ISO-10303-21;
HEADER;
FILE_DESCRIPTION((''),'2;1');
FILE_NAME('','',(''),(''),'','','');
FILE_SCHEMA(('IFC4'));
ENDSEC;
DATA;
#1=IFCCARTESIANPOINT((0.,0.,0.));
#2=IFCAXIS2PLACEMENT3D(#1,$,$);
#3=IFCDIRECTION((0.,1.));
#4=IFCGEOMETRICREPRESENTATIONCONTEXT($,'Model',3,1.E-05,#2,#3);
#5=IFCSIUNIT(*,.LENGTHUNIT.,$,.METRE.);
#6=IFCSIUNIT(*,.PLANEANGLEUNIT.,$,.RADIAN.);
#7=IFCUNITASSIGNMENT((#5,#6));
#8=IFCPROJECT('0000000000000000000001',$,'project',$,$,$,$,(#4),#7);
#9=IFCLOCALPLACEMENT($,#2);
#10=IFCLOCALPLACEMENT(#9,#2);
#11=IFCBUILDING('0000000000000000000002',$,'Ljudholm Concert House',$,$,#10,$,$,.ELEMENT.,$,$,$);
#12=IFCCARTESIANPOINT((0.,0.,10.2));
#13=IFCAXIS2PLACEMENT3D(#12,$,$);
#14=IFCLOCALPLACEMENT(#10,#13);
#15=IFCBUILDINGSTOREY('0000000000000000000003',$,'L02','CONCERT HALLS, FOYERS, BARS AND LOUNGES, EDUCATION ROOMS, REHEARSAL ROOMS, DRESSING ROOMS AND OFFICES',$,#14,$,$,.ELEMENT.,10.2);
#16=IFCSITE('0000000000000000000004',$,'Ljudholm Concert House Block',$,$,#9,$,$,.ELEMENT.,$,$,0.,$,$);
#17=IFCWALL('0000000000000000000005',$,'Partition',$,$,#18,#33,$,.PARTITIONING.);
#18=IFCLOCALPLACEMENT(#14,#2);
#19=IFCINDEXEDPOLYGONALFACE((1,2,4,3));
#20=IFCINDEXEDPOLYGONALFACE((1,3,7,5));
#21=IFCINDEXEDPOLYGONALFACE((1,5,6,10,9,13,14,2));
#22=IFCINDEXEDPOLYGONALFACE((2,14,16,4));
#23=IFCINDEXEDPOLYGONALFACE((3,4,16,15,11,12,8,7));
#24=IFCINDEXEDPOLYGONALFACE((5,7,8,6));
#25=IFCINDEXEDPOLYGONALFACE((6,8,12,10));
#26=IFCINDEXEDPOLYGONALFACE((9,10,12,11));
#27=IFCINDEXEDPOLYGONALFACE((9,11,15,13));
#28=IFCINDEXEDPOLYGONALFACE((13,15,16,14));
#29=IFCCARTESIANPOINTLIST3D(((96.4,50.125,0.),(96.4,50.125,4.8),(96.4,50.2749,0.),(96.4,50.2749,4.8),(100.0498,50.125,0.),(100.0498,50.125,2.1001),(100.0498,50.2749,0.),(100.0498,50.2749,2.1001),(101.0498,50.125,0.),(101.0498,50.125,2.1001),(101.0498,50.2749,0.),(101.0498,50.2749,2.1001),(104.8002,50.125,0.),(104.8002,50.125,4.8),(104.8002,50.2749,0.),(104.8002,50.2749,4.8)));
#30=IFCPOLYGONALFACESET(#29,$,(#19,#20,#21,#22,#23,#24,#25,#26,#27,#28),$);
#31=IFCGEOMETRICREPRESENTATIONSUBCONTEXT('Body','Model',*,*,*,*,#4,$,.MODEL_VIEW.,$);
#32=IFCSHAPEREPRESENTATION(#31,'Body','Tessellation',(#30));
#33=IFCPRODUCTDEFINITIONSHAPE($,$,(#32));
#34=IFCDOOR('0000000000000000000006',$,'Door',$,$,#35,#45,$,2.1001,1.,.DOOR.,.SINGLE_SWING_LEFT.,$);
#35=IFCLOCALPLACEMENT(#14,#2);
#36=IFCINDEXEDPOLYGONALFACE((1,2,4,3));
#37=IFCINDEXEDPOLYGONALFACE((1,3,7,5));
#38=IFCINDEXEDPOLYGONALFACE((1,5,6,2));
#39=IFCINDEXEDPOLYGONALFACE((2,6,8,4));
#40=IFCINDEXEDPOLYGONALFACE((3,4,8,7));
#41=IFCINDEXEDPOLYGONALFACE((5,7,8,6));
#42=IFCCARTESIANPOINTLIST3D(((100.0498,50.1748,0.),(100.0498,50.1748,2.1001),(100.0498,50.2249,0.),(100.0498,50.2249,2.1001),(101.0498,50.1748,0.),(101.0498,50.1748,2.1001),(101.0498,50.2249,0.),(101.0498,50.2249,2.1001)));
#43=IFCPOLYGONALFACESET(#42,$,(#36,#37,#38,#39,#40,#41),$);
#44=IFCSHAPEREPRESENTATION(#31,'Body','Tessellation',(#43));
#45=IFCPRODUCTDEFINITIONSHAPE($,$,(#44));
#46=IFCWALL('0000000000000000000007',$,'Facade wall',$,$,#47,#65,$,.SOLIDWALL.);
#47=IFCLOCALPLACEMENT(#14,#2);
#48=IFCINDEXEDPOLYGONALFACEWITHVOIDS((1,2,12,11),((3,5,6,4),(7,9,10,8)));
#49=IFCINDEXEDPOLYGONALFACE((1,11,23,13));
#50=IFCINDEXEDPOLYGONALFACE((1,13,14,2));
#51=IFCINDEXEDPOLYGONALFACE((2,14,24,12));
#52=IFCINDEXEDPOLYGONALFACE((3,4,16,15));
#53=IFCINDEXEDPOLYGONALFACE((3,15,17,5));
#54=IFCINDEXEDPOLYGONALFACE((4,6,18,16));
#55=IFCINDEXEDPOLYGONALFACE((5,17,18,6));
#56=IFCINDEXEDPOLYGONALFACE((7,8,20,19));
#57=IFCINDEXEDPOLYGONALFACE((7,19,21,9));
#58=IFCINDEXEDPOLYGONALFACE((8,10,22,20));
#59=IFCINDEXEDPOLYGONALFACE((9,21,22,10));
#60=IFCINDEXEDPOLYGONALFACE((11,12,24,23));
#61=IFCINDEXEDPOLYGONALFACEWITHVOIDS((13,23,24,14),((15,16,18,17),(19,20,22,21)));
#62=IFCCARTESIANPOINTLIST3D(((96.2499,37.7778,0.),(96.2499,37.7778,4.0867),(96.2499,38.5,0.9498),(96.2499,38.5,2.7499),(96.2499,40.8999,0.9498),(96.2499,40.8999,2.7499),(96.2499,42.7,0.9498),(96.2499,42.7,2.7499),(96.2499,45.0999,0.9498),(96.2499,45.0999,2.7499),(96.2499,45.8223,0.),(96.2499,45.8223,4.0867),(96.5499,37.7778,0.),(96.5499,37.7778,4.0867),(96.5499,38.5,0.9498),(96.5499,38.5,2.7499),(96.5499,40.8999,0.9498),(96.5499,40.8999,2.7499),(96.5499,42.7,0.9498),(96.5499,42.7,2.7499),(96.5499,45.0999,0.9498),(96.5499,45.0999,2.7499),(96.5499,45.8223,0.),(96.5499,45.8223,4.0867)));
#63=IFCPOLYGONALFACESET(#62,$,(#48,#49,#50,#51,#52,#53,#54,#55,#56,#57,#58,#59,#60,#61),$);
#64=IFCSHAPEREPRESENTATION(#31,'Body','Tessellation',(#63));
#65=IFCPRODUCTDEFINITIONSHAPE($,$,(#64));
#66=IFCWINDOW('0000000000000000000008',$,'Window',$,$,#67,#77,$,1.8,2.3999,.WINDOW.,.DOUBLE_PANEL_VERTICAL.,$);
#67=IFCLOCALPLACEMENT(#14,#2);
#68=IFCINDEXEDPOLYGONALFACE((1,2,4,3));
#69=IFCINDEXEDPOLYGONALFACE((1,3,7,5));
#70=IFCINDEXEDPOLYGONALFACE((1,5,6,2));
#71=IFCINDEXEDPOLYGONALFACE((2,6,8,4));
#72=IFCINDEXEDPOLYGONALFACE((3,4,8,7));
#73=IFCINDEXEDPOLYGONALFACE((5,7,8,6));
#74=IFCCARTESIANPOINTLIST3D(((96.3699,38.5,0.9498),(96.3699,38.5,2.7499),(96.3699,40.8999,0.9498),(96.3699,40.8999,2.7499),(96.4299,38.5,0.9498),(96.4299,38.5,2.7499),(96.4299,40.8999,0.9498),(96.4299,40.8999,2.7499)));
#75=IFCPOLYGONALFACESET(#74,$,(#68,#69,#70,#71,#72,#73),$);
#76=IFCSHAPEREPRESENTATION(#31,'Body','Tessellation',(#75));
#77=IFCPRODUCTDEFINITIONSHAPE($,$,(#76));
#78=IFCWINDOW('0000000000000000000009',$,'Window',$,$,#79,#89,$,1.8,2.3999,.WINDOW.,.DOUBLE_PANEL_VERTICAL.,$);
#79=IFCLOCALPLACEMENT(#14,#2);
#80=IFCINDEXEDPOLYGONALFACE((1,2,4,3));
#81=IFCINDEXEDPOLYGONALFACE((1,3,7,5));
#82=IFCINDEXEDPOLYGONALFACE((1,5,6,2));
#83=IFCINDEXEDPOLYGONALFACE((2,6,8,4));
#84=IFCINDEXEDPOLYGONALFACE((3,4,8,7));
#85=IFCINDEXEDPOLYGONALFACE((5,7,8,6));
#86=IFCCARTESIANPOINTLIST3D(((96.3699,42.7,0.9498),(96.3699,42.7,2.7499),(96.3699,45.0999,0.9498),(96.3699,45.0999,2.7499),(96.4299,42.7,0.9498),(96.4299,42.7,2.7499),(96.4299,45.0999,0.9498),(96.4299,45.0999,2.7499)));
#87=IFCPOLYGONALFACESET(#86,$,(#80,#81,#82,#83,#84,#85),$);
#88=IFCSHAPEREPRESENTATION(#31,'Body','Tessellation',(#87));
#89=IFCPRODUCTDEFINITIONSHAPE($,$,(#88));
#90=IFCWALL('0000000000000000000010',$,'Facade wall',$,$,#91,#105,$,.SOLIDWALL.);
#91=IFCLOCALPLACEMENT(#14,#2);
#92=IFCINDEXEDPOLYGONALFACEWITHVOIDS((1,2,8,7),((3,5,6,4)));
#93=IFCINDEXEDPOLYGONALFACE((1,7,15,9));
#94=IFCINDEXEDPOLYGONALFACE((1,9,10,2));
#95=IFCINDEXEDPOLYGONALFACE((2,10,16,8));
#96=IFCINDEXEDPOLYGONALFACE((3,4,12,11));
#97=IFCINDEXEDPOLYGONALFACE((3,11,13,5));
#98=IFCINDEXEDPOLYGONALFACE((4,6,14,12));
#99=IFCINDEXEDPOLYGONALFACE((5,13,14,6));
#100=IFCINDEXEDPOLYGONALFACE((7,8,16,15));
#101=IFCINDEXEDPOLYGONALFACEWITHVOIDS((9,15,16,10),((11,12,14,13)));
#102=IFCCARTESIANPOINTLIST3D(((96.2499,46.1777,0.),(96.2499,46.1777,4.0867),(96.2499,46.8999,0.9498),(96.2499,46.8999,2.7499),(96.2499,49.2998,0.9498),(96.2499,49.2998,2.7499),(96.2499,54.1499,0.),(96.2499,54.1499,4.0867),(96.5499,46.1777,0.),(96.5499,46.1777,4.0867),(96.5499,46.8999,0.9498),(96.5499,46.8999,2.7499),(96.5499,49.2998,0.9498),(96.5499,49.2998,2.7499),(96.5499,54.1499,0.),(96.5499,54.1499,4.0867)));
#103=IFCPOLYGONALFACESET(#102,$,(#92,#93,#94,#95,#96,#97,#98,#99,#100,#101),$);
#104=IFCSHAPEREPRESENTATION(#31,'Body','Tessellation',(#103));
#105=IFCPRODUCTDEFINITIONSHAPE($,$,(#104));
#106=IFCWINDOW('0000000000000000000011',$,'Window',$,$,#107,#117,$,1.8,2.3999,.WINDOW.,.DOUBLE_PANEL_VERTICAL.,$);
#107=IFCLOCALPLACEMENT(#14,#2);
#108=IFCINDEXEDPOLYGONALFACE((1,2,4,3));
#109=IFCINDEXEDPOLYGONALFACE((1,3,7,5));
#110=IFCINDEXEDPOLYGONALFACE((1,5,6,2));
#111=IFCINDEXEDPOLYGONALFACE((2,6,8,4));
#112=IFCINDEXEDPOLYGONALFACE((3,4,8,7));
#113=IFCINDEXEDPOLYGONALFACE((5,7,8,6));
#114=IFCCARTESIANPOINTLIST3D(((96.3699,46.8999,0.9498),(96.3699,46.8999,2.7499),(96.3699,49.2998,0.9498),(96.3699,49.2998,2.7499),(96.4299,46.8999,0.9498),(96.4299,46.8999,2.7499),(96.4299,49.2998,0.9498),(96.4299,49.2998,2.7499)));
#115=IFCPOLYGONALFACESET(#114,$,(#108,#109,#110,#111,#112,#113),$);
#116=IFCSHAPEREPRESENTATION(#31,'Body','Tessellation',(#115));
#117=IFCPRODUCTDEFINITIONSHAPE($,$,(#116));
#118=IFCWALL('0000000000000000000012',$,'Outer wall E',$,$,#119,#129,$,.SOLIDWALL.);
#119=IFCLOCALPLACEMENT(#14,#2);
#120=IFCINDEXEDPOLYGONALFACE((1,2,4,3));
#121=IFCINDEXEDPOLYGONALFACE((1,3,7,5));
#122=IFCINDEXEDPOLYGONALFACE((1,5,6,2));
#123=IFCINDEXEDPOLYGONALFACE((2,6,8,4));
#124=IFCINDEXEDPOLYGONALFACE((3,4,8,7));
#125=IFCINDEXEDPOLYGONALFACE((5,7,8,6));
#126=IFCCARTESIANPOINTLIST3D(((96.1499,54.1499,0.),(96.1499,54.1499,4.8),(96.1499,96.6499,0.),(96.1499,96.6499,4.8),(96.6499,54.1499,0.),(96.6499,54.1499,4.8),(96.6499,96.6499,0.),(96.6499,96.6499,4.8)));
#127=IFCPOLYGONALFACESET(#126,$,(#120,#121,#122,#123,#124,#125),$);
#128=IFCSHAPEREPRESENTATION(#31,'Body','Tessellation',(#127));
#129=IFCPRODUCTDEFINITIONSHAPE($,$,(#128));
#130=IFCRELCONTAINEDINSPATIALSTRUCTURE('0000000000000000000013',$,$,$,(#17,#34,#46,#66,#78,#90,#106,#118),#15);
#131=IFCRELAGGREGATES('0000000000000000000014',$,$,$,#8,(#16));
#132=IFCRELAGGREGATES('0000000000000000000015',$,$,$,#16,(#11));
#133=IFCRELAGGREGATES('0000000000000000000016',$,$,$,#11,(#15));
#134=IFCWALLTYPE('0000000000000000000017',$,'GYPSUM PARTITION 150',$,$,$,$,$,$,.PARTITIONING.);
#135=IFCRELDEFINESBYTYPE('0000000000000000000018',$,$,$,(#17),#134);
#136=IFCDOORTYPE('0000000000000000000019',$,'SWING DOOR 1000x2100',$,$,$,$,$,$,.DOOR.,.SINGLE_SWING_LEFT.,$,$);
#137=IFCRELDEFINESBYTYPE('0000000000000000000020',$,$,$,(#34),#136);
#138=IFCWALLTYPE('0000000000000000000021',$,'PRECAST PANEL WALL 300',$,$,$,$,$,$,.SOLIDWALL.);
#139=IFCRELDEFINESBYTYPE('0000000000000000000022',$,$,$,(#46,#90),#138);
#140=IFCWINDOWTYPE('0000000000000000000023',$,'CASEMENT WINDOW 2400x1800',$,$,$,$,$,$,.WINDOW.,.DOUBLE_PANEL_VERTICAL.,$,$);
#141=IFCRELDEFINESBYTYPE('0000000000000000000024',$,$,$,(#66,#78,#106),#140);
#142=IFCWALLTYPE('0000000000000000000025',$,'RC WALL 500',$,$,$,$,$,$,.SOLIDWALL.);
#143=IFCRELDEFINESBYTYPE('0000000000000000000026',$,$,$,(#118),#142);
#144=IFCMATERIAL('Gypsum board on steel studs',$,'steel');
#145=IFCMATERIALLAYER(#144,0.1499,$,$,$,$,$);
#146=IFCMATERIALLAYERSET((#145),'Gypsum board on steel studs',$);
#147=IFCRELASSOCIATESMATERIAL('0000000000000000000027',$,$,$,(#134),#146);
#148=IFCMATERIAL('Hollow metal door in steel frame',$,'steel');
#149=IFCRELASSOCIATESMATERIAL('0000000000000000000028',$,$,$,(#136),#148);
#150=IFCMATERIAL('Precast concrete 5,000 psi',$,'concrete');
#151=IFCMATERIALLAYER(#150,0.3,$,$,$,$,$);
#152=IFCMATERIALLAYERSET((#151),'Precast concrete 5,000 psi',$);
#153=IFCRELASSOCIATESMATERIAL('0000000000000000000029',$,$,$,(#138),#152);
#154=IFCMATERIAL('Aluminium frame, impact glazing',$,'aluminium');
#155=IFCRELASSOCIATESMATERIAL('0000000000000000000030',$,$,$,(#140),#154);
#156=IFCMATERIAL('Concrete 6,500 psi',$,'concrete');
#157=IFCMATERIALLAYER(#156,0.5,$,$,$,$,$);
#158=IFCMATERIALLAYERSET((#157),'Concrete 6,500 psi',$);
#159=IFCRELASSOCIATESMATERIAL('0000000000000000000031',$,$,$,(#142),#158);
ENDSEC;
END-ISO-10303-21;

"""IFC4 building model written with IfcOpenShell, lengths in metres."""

from ifc_helpers import new_model, si_unit, direction, frame, frame_2d, origin, place, context, subcontext, project, spatial, rectangle, extrude, material, layer, layer_set, type_object, element, fill, save


model = new_model("IFC4")

# Units and contexts
model_context = context("Model", 3, precision=1e-05, world=origin(), true_north=direction((0.0, 1.0)))
body_context = subcontext(model_context, "Body", "Model", "MODEL_VIEW")
ifc_project = project(units=[si_unit("LENGTHUNIT", "METRE"), si_unit("PLANEANGLEUNIT", "RADIAN")], contexts=[model_context])

# Site, building, storey
site_placement = place(None, origin())
site = spatial("IfcSite", under=ifc_project, at=site_placement, Name="Ljudholm Concert House Block", CompositionType="ELEMENT", RefElevation=0.0)
building_placement = place(site_placement, origin())
building = spatial("IfcBuilding", under=site, at=building_placement, Name="Ljudholm Concert House", CompositionType="ELEMENT")
storey_placement = place(building_placement, frame((0.0, 0.0, 10.2)))
storey = spatial("IfcBuildingStorey", under=building, at=storey_placement, Name="L02", Description="CONCERT HALLS, FOYERS, BARS AND LOUNGES, EDUCATION ROOMS, REHEARSAL ROOMS, DRESSING ROOMS AND OFFICES", CompositionType="ELEMENT", Elevation=10.2)

# Shared definitions
ifc_material_1 = material(Name="Gypsum board on steel studs", Category="steel")
ifc_layer_1 = layer(ifc_material_1, 0.1499)
ifc_layer_set_1 = layer_set([ifc_layer_1], Name="Gypsum board on steel studs")
wall_type_1 = type_object("IfcWallType", Name="GYPSUM PARTITION 150", PredefinedType="PARTITIONING", material=ifc_layer_set_1)
ifc_material_2 = material(Name="Hollow metal door in steel frame", Category="steel")
door_type = type_object("IfcDoorType", Name="SWING DOOR 1000x2100", OperationType="SINGLE_SWING_LEFT", PredefinedType="DOOR", material=ifc_material_2)

# Wall, opening, door
wall_1_placement = place(storey_placement, frame((96.3999, 50.2, 0.0), z_axis=(0.0, 0.0, 1.0), x_axis=(1.0, 0.0, 0.0)))
wall_1 = element("IfcWall", 1, at=wall_1_placement, inside=storey, type_object=wall_type_1, Name="Partition", PredefinedType="PARTITIONING", context=body_context, shape_type="SweptSolid", body=[
    extrude(rectangle(XDim=8.4001, YDim=0.1499, at=frame_2d((4.2002, 0.0))), origin(), (0.0, 0.0, 1.0), 4.8),
])
opening_1_placement = place(wall_1_placement, frame((3.6499, 0.0, 0.0)))
opening_1 = element("IfcOpeningElement", 2, at=opening_1_placement, cuts=wall_1, PredefinedType="OPENING", context=body_context, shape_type="SweptSolid", body=[
    extrude(rectangle(XDim=1.0, YDim=2.1001, at=frame_2d((0.5, 1.05))), frame((0.0, 0.085, 0.0), z_axis=(0.0, -1.0, 0.0), x_axis=(1.0, 0.0, 0.0)), (0.0, 0.0, 1.0), 0.1699),
])
door_1_placement = place(opening_1_placement, origin())
door_1 = element("IfcDoor", 3, at=door_1_placement, inside=storey, type_object=door_type, Name="Door", OperationType="SINGLE_SWING_LEFT", OverallHeight=2.1001, OverallWidth=1.0, PredefinedType="DOOR", context=body_context, shape_type="SweptSolid", body=[
    extrude(rectangle(XDim=1.0, YDim=2.1001, at=frame_2d((0.5, 1.05))), frame((0.0, 0.0249, 0.0), z_axis=(0.0, -1.0, 0.0), x_axis=(1.0, 0.0, 0.0)), (0.0, 0.0, 1.0), 0.05),
])
fill(opening_1, door_1)

# Wall, openings, windows
ifc_material_3 = material(Name="Precast concrete 5,000 psi", Category="concrete")
ifc_layer_2 = layer(ifc_material_3, 0.3)
ifc_layer_set_2 = layer_set([ifc_layer_2], Name="Precast concrete 5,000 psi")
wall_type_2 = type_object("IfcWallType", Name="PRECAST PANEL WALL 300", PredefinedType="SOLIDWALL", material=ifc_layer_set_2)
wall_2_placement = place(storey_placement, frame((96.3999, 37.7778, 0.0), z_axis=(0.0, 0.0, 1.0), x_axis=(0.0, 1.0, 0.0)))
wall_2 = element("IfcWall", 4, at=wall_2_placement, inside=storey, type_object=wall_type_2, Name="Facade wall", PredefinedType="SOLIDWALL", context=body_context, shape_type="SweptSolid", body=[
    extrude(rectangle(XDim=8.0444, YDim=0.3, at=frame_2d((4.0222, 0.0))), origin(), (0.0, 0.0, 1.0), 4.0867),
])
opening_2_placement = place(wall_2_placement, frame((0.7222, 0.0, 0.95)))
opening_2 = element("IfcOpeningElement", 5, at=opening_2_placement, cuts=wall_2, PredefinedType="OPENING", context=body_context, shape_type="SweptSolid", body=[
    extrude(rectangle(XDim=2.3999, YDim=1.8, at=frame_2d((1.2, 0.8999))), frame((0.0, 0.1599, 0.0), z_axis=(0.0, -1.0, 0.0), x_axis=(1.0, 0.0, 0.0)), (0.0, 0.0, 1.0), 0.3201),
])
opening_3_placement = place(wall_2_placement, frame((4.9221, 0.0, 0.95)))
opening_3 = element("IfcOpeningElement", 6, at=opening_3_placement, cuts=wall_2, PredefinedType="OPENING", context=body_context, shape_type="SweptSolid", body=[
    extrude(rectangle(XDim=2.3999, YDim=1.8, at=frame_2d((1.2, 0.8999))), frame((0.0, 0.1599, 0.0), z_axis=(0.0, -1.0, 0.0), x_axis=(1.0, 0.0, 0.0)), (0.0, 0.0, 1.0), 0.3201),
])
ifc_material_4 = material(Name="Aluminium frame, impact glazing", Category="aluminium")
window_type = type_object("IfcWindowType", Name="CASEMENT WINDOW 2400x1800", PartitioningType="DOUBLE_PANEL_VERTICAL", PredefinedType="WINDOW", material=ifc_material_4)
window_1_placement = place(opening_2_placement, origin())
window_1 = element("IfcWindow", 7, at=window_1_placement, inside=storey, type_object=window_type, Name="Window", OverallHeight=1.8, OverallWidth=2.3999, PartitioningType="DOUBLE_PANEL_VERTICAL", PredefinedType="WINDOW", context=body_context, shape_type="SweptSolid", body=[
    extrude(rectangle(XDim=2.3999, YDim=1.8, at=frame_2d((1.2, 0.8999))), frame((0.0, 0.03, 0.0), z_axis=(0.0, -1.0, 0.0), x_axis=(1.0, 0.0, 0.0)), (0.0, 0.0, 1.0), 0.0601),
])
fill(opening_2, window_1)
window_2_placement = place(opening_3_placement, origin())
window_2 = element("IfcWindow", 8, at=window_2_placement, inside=storey, type_object=window_type, Name="Window", OverallHeight=1.8, OverallWidth=2.3999, PartitioningType="DOUBLE_PANEL_VERTICAL", PredefinedType="WINDOW", context=body_context, shape_type="SweptSolid", body=[
    extrude(rectangle(XDim=2.3999, YDim=1.8, at=frame_2d((1.2, 0.8999))), frame((0.0, 0.03, 0.0), z_axis=(0.0, -1.0, 0.0), x_axis=(1.0, 0.0, 0.0)), (0.0, 0.0, 1.0), 0.0601),
])
fill(opening_3, window_2)

# Wall, opening, window
wall_3_placement = place(storey_placement, frame((96.3999, 46.1777, 0.0), z_axis=(0.0, 0.0, 1.0), x_axis=(0.0, 1.0, 0.0)))
wall_3 = element("IfcWall", 9, at=wall_3_placement, inside=storey, type_object=wall_type_2, Name="Facade wall", PredefinedType="SOLIDWALL", context=body_context, shape_type="SweptSolid", body=[
    extrude(rectangle(XDim=7.9722, YDim=0.3, at=frame_2d((3.9861, 0.0))), origin(), (0.0, 0.0, 1.0), 4.0867),
])
opening_4_placement = place(wall_3_placement, frame((0.7222, 0.0, 0.95)))
opening_4 = element("IfcOpeningElement", 10, at=opening_4_placement, cuts=wall_3, PredefinedType="OPENING", context=body_context, shape_type="SweptSolid", body=[
    extrude(rectangle(XDim=2.3999, YDim=1.8, at=frame_2d((1.2, 0.8999))), frame((0.0, 0.1599, 0.0), z_axis=(0.0, -1.0, 0.0), x_axis=(1.0, 0.0, 0.0)), (0.0, 0.0, 1.0), 0.3201),
])
window_3_placement = place(opening_4_placement, origin())
window_3 = element("IfcWindow", 11, at=window_3_placement, inside=storey, type_object=window_type, Name="Window", OverallHeight=1.8, OverallWidth=2.3999, PartitioningType="DOUBLE_PANEL_VERTICAL", PredefinedType="WINDOW", context=body_context, shape_type="SweptSolid", body=[
    extrude(rectangle(XDim=2.3999, YDim=1.8, at=frame_2d((1.2, 0.8999))), frame((0.0, 0.03, 0.0), z_axis=(0.0, -1.0, 0.0), x_axis=(1.0, 0.0, 0.0)), (0.0, 0.0, 1.0), 0.0601),
])
fill(opening_4, window_3)

# Wall
ifc_material_5 = material(Name="Concrete 6,500 psi", Category="concrete")
ifc_layer_3 = layer(ifc_material_5, 0.5)
ifc_layer_set_3 = layer_set([ifc_layer_3], Name="Concrete 6,500 psi")
wall_type_3 = type_object("IfcWallType", Name="RC WALL 500", PredefinedType="SOLIDWALL", material=ifc_layer_set_3)
wall_4_placement = place(storey_placement, frame((96.3999, 54.1499, 0.0), z_axis=(0.0, 0.0, 1.0), x_axis=(0.0, 1.0, 0.0)))
element("IfcWall", 12, at=wall_4_placement, inside=storey, type_object=wall_type_3, Name="Outer wall E", PredefinedType="SOLIDWALL", context=body_context, shape_type="SweptSolid", body=[
    extrude(rectangle(XDim=42.5, YDim=0.5, at=frame_2d((21.25, 0.0))), origin(), (0.0, 0.0, 1.0), 4.8),
])

save(model, "model.ifc")
